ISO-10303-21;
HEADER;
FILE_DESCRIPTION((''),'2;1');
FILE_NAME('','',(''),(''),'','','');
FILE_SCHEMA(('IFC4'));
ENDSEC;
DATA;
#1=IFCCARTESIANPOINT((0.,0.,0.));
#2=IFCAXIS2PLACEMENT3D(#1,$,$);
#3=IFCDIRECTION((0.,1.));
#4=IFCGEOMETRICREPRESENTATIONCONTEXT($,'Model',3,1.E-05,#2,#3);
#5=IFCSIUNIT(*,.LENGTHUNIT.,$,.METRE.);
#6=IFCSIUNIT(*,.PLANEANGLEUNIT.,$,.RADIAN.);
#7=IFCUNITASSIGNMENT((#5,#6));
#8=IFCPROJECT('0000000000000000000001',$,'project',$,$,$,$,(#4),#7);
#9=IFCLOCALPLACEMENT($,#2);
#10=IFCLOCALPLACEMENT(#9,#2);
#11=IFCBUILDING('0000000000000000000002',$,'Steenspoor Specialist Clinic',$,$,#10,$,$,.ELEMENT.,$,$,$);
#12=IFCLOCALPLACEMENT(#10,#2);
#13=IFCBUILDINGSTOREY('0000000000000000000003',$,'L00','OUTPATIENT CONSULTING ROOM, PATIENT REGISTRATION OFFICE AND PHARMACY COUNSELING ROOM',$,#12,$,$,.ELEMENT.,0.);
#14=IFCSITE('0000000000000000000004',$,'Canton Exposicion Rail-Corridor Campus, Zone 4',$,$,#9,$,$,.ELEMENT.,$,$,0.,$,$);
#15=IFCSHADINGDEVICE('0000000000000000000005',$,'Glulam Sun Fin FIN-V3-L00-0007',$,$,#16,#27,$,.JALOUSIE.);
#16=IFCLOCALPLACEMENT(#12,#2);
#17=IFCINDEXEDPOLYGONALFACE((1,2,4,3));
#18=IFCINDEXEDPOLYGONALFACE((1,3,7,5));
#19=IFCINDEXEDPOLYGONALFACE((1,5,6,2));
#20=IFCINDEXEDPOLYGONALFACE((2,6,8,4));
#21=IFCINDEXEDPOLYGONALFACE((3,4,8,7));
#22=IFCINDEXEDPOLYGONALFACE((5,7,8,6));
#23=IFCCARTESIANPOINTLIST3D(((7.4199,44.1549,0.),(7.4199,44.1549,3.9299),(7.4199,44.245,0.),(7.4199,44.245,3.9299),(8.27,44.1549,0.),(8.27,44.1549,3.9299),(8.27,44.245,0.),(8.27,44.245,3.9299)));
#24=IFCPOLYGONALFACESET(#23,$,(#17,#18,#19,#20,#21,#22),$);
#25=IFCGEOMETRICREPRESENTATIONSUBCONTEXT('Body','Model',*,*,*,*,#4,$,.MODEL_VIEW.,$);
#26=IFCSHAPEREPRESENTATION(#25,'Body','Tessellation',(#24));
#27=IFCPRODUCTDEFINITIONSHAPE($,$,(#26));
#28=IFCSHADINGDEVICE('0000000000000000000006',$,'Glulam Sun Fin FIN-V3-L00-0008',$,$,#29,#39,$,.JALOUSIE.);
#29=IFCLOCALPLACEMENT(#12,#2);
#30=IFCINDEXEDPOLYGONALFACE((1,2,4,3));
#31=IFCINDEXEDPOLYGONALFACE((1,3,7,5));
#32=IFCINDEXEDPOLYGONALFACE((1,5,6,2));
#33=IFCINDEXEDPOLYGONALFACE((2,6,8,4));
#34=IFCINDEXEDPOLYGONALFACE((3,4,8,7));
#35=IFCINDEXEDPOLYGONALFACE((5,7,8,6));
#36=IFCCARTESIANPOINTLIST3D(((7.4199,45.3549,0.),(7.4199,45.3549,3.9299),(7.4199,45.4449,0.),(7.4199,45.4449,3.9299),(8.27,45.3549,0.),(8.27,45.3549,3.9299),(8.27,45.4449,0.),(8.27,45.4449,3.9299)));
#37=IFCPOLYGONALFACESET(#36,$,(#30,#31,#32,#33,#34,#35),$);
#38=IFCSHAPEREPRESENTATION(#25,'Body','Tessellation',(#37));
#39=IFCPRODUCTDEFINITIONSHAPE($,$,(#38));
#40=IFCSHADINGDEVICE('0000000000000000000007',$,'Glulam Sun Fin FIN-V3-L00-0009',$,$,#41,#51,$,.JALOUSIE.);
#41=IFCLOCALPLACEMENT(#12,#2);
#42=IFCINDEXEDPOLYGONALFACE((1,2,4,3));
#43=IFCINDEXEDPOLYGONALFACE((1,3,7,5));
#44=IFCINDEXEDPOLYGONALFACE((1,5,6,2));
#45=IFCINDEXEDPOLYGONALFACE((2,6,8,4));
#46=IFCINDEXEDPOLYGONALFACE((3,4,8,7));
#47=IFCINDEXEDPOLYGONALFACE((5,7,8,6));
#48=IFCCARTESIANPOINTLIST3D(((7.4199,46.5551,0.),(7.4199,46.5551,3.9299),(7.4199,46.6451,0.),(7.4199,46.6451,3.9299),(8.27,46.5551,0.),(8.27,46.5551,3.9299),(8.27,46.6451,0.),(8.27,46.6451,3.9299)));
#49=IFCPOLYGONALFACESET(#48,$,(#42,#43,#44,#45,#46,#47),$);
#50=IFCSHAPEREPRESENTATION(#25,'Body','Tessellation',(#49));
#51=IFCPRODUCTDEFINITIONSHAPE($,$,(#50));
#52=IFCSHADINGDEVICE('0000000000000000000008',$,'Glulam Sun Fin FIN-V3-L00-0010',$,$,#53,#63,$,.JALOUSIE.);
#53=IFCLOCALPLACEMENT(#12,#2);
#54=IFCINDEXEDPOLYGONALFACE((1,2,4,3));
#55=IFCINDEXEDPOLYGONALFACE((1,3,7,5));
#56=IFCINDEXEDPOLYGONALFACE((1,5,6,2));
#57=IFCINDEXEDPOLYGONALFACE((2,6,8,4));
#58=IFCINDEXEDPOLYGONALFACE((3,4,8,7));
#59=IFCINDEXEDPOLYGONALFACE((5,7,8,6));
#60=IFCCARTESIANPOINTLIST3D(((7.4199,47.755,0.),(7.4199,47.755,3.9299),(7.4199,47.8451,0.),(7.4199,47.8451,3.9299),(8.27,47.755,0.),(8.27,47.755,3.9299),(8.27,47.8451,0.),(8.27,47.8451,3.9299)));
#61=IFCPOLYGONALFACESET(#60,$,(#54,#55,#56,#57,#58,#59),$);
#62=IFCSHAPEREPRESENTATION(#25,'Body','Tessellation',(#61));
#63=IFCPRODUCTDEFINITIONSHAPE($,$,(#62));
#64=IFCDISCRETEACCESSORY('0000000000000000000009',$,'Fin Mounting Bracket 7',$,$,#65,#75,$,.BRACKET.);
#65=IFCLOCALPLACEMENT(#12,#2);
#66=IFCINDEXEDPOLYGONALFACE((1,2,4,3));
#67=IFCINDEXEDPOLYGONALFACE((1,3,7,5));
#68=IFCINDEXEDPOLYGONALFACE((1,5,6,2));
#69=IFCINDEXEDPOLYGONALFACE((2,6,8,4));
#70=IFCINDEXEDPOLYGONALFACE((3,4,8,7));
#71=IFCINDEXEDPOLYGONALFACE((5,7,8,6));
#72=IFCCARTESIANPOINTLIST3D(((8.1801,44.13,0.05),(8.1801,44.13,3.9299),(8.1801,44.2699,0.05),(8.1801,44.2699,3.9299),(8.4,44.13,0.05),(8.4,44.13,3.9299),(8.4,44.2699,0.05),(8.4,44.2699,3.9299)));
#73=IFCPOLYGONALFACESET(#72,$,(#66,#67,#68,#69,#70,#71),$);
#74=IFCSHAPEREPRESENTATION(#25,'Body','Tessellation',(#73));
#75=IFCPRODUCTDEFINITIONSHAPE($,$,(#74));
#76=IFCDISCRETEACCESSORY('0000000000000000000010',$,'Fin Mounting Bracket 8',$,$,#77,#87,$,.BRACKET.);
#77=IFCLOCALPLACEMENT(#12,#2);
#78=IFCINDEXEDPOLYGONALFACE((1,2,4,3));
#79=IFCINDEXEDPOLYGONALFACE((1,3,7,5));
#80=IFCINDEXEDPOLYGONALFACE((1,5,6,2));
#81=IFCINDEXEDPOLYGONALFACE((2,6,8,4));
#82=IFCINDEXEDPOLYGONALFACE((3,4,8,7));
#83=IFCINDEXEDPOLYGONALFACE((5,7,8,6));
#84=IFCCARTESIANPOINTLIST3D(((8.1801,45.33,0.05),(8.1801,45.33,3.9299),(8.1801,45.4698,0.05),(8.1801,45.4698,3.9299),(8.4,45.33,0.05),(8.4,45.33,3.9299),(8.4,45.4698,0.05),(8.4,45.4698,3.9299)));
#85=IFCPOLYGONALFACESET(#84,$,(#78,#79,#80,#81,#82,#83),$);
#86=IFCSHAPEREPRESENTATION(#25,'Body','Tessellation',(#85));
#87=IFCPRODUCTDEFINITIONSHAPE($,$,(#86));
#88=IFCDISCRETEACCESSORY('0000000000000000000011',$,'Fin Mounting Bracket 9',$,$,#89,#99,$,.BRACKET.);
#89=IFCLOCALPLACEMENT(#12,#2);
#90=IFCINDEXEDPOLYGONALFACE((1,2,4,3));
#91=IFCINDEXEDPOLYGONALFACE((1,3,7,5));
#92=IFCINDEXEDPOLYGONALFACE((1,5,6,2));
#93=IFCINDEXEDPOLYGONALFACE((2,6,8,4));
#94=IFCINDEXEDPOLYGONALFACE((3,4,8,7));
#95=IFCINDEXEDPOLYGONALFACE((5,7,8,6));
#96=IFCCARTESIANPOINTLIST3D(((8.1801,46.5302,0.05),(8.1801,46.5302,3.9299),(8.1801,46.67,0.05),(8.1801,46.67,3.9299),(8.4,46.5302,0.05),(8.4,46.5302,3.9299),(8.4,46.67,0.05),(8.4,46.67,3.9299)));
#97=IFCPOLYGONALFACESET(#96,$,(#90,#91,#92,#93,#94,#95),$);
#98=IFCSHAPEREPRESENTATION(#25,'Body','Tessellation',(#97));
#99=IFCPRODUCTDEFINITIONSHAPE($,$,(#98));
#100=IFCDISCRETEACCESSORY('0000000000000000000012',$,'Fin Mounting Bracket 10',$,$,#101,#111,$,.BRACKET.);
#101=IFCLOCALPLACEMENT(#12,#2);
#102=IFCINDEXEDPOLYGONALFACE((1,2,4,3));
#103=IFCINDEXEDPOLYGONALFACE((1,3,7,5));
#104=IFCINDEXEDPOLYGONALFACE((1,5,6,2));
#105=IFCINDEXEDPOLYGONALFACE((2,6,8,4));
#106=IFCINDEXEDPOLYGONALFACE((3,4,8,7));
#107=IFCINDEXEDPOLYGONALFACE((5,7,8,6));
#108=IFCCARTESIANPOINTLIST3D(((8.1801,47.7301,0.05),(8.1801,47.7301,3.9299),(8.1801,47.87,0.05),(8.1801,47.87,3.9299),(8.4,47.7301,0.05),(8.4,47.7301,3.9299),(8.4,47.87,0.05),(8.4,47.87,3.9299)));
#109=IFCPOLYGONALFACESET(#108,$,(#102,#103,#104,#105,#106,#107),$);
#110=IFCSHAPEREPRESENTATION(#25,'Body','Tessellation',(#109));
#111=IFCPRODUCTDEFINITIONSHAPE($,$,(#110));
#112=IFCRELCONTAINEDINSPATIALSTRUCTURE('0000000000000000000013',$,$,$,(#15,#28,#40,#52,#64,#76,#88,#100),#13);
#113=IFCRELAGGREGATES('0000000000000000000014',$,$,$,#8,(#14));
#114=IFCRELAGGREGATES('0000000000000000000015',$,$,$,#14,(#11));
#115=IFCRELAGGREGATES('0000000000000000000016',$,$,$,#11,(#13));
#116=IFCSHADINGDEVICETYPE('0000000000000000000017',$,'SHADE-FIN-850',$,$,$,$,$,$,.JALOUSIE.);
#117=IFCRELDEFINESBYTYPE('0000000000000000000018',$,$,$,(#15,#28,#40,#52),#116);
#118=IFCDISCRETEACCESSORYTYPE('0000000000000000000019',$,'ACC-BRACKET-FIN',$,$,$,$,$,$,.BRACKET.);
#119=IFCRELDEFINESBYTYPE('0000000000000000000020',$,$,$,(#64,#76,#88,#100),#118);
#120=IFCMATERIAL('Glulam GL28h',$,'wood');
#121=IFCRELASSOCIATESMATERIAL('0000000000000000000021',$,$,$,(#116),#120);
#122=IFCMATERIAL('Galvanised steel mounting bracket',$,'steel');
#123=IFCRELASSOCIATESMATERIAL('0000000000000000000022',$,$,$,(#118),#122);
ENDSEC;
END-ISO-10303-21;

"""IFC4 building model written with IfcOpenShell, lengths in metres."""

from ifc_helpers import new_model, si_unit, direction, frame, origin, origin_2d, place, context, subcontext, project, spatial, rectangle, extrude, material, material_profile, profile_set, type_object, element, save


model = new_model("IFC4")

# Units and contexts
model_context = context("Model", 3, precision=1e-05, world=origin(), true_north=direction((0.0, 1.0)))
body_context = subcontext(model_context, "Body", "Model", "MODEL_VIEW")
ifc_project = project(units=[si_unit("LENGTHUNIT", "METRE"), si_unit("PLANEANGLEUNIT", "RADIAN")], contexts=[model_context])

# Site, building, storey
site_placement = place(None, origin())
site = spatial("IfcSite", under=ifc_project, at=site_placement, Name="Canton Exposicion Rail-Corridor Campus, Zone 4", CompositionType="ELEMENT", RefElevation=0.0)
building_placement = place(site_placement, origin())
building = spatial("IfcBuilding", under=site, at=building_placement, Name="Steenspoor Specialist Clinic", CompositionType="ELEMENT")
storey_placement = place(building_placement, origin())
storey = spatial("IfcBuildingStorey", under=building, at=storey_placement, Name="L00", Description="OUTPATIENT CONSULTING ROOM, PATIENT REGISTRATION OFFICE AND PHARMACY COUNSELING ROOM", CompositionType="ELEMENT", Elevation=0.0)

# Shading devices
ifc_material_1 = material(Name="Glulam GL28h", Category="wood")
ifc_material_profile_1 = material_profile(ifc_material_1, rectangle(XDim=0.0901, YDim=0.8501, at=origin_2d()), Name="GL28H-90X850")
ifc_profile_set_1 = profile_set([ifc_material_profile_1], Name="Glulam GL28h")
shading_device_type = type_object("IfcShadingDeviceType", Name="SHADE-FIN-850", PredefinedType="JALOUSIE", material=ifc_profile_set_1)
for number, where, z_axis, x_axis, name in (
    (1, (7.845, 44.2, 0.0), (0.0, 0.0, 1.0), (0.0, 1.0, 0.0), "Glulam Sun Fin FIN-V3-L00-0007"),
    (2, (7.845, 45.3999, 0.0), (0.0, 0.0, 1.0), (0.0, 1.0, 0.0), "Glulam Sun Fin FIN-V3-L00-0008"),
    (3, (7.845, 46.6001, 0.0), (0.0, 0.0, 1.0), (0.0, 1.0, 0.0), "Glulam Sun Fin FIN-V3-L00-0009"),
    (4, (7.845, 47.8, 0.0), (0.0, 0.0, 1.0), (0.0, 1.0, 0.0), "Glulam Sun Fin FIN-V3-L00-0010"),
):
    element("IfcShadingDevice", number, at=place(storey_placement, frame(where, z_axis=z_axis, x_axis=x_axis)), inside=storey, type_object=shading_device_type, Name=name, PredefinedType="JALOUSIE", context=body_context, shape_type="SweptSolid", body=[
        extrude(rectangle(XDim=0.0901, YDim=0.8501, at=origin_2d()), origin(), (0.0, 0.0, 1.0), 3.9299),
    ])

# Discrete accessories
ifc_material_2 = material(Name="Galvanised steel mounting bracket", Category="steel")
discrete_accessory_type = type_object("IfcDiscreteAccessoryType", Name="ACC-BRACKET-FIN", PredefinedType="BRACKET", material=ifc_material_2)
for number, where, z_axis, x_axis, name in (
    (5, (8.29, 44.2, 0.05), (0.0, 0.0, 1.0), (-1.0, 0.0, 0.0), "Fin Mounting Bracket 7"),
    (6, (8.29, 45.3999, 0.05), (0.0, 0.0, 1.0), (-1.0, 0.0, 0.0), "Fin Mounting Bracket 8"),
    (7, (8.29, 46.6001, 0.05), (0.0, 0.0, 1.0), (-1.0, 0.0, 0.0), "Fin Mounting Bracket 9"),
    (8, (8.29, 47.8, 0.05), (0.0, 0.0, 1.0), (-1.0, 0.0, 0.0), "Fin Mounting Bracket 10"),
):
    element("IfcDiscreteAccessory", number, at=place(storey_placement, frame(where, z_axis=z_axis, x_axis=x_axis)), inside=storey, type_object=discrete_accessory_type, Name=name, PredefinedType="BRACKET", context=body_context, shape_type="SweptSolid", body=[
        extrude(rectangle(XDim=0.22, YDim=0.1399, at=origin_2d()), origin(), (0.0, 0.0, 1.0), 3.8799),
    ])

save(model, "model.ifc")
